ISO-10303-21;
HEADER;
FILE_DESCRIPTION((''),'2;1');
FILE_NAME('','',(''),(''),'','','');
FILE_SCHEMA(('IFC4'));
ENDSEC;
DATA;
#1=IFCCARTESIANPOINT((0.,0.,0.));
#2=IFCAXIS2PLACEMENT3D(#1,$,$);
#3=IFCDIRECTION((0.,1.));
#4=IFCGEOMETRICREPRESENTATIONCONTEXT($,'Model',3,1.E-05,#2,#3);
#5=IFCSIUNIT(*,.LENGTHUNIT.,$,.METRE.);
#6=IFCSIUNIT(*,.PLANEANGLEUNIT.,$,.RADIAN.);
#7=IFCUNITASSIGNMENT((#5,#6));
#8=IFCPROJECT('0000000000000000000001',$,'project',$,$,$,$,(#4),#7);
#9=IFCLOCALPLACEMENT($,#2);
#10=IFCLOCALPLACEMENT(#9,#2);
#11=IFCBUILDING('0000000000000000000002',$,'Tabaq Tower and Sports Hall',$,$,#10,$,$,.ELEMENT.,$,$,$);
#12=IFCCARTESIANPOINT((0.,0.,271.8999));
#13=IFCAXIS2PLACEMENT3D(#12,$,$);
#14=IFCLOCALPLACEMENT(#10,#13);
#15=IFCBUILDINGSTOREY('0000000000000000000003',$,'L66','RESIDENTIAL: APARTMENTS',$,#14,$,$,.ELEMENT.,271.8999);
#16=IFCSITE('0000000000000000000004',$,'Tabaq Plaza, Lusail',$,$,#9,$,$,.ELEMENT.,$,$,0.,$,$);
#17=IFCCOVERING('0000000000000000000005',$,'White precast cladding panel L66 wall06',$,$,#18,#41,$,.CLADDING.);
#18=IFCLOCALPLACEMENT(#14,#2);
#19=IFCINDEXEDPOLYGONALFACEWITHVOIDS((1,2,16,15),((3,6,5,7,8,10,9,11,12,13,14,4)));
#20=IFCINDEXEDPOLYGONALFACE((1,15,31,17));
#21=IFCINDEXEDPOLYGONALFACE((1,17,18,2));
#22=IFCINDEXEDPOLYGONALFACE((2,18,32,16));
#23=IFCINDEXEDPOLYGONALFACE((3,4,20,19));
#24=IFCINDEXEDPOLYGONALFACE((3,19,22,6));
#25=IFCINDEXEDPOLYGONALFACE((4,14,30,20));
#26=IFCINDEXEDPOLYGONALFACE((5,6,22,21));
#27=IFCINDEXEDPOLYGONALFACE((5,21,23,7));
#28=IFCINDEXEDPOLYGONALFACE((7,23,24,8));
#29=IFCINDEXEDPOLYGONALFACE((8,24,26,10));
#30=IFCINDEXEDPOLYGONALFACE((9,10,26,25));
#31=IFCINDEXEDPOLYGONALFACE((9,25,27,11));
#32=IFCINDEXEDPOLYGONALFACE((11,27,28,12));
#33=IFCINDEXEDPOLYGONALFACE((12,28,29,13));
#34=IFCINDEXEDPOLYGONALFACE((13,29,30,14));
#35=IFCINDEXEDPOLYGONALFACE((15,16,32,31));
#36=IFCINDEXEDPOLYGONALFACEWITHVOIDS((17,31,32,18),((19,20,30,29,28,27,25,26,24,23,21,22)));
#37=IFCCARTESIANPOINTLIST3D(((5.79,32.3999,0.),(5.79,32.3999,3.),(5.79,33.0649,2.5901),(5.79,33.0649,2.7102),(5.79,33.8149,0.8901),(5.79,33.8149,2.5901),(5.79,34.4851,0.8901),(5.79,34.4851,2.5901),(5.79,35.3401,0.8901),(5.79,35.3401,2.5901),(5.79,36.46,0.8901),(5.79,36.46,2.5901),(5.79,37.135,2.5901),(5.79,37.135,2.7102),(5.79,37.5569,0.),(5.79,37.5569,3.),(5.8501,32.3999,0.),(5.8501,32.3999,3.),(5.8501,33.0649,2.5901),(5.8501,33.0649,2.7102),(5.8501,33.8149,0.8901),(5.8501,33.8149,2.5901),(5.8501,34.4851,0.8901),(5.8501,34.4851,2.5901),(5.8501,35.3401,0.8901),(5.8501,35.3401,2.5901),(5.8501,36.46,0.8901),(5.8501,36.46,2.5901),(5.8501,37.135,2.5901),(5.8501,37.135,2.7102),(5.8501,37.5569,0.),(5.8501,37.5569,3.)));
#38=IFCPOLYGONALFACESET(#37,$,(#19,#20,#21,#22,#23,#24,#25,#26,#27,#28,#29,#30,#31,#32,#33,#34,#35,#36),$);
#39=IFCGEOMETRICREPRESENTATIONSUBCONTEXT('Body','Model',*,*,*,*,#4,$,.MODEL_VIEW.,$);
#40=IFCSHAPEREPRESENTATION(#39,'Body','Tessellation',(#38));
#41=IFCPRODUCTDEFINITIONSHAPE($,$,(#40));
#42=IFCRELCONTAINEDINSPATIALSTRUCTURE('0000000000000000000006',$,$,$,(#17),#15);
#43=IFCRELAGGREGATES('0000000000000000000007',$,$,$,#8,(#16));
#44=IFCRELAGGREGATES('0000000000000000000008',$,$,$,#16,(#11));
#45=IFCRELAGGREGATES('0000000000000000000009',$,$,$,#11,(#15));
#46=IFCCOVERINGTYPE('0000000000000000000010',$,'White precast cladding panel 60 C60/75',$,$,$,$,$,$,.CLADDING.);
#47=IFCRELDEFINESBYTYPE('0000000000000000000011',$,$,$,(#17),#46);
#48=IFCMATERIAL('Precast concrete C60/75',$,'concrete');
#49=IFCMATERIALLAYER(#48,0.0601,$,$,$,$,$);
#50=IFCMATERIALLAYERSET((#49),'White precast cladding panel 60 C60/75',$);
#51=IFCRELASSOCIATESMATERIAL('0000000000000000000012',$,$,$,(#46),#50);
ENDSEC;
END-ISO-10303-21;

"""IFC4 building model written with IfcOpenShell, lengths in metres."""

from ifc_helpers import new_model, si_unit, direction, frame, origin, place, context, subcontext, project, spatial, polyline, outline, extrude, material, layer, layer_set, type_object, element, save


model = new_model("IFC4")

# Units and contexts
model_context = context("Model", 3, precision=1e-05, world=origin(), true_north=direction((0.0, 1.0)))
body_context = subcontext(model_context, "Body", "Model", "MODEL_VIEW")
ifc_project = project(units=[si_unit("LENGTHUNIT", "METRE"), si_unit("PLANEANGLEUNIT", "RADIAN")], contexts=[model_context])

# Site, building, storey
site_placement = place(None, origin())
site = spatial("IfcSite", under=ifc_project, at=site_placement, Name="Tabaq Plaza, Lusail", CompositionType="ELEMENT", RefElevation=0.0)
building_placement = place(site_placement, origin())
building = spatial("IfcBuilding", under=site, at=building_placement, Name="Tabaq Tower and Sports Hall", CompositionType="ELEMENT")
storey_placement = place(building_placement, frame((0.0, 0.0, 271.8999)))
storey = spatial("IfcBuildingStorey", under=building, at=storey_placement, Name="L66", Description="RESIDENTIAL: APARTMENTS", CompositionType="ELEMENT", Elevation=271.8999)

# Covering
ifc_material_1 = material(Name="Precast concrete C60/75", Category="concrete")
ifc_layer_1 = layer(ifc_material_1, 0.0601)
ifc_layer_set_1 = layer_set([ifc_layer_1], Name="White precast cladding panel 60 C60/75")
covering_type = type_object("IfcCoveringType", Name="White precast cladding panel 60 C60/75", PredefinedType="CLADDING", material=ifc_layer_set_1)
covering_placement = place(storey_placement, frame((5.8201, 37.5569, 0.0), z_axis=(0.0, 0.0, 1.0), x_axis=(0.0, -1.0, 0.0)))
element("IfcCovering", 1, at=covering_placement, inside=storey, type_object=covering_type, Name="White precast cladding panel L66 wall06", PredefinedType="CLADDING", context=body_context, shape_type="SweptSolid", body=[
    extrude(outline(polyline([(0.0, 0.0), (5.157, 0.0), (5.157, 3.0), (0.0, 3.0), (0.0, 0.0)]), holes=[polyline([(1.0969, 2.5901), (0.4219, 2.5901), (0.4219, 2.7102), (4.4919, 2.7102), (4.4919, 2.5901), (3.7419, 2.5901), (3.7419, 0.8901), (3.0718, 0.8901), (3.0718, 2.5901), (2.2168, 2.5901), (2.2168, 0.8901), (1.0969, 0.8901), (1.0969, 2.5901)])]), frame((0.0, 0.03, 0.0), z_axis=(0.0, -1.0, 0.0), x_axis=(1.0, 0.0, 0.0)), (0.0, 0.0, 1.0), 0.0601),
])

save(model, "model.ifc")
